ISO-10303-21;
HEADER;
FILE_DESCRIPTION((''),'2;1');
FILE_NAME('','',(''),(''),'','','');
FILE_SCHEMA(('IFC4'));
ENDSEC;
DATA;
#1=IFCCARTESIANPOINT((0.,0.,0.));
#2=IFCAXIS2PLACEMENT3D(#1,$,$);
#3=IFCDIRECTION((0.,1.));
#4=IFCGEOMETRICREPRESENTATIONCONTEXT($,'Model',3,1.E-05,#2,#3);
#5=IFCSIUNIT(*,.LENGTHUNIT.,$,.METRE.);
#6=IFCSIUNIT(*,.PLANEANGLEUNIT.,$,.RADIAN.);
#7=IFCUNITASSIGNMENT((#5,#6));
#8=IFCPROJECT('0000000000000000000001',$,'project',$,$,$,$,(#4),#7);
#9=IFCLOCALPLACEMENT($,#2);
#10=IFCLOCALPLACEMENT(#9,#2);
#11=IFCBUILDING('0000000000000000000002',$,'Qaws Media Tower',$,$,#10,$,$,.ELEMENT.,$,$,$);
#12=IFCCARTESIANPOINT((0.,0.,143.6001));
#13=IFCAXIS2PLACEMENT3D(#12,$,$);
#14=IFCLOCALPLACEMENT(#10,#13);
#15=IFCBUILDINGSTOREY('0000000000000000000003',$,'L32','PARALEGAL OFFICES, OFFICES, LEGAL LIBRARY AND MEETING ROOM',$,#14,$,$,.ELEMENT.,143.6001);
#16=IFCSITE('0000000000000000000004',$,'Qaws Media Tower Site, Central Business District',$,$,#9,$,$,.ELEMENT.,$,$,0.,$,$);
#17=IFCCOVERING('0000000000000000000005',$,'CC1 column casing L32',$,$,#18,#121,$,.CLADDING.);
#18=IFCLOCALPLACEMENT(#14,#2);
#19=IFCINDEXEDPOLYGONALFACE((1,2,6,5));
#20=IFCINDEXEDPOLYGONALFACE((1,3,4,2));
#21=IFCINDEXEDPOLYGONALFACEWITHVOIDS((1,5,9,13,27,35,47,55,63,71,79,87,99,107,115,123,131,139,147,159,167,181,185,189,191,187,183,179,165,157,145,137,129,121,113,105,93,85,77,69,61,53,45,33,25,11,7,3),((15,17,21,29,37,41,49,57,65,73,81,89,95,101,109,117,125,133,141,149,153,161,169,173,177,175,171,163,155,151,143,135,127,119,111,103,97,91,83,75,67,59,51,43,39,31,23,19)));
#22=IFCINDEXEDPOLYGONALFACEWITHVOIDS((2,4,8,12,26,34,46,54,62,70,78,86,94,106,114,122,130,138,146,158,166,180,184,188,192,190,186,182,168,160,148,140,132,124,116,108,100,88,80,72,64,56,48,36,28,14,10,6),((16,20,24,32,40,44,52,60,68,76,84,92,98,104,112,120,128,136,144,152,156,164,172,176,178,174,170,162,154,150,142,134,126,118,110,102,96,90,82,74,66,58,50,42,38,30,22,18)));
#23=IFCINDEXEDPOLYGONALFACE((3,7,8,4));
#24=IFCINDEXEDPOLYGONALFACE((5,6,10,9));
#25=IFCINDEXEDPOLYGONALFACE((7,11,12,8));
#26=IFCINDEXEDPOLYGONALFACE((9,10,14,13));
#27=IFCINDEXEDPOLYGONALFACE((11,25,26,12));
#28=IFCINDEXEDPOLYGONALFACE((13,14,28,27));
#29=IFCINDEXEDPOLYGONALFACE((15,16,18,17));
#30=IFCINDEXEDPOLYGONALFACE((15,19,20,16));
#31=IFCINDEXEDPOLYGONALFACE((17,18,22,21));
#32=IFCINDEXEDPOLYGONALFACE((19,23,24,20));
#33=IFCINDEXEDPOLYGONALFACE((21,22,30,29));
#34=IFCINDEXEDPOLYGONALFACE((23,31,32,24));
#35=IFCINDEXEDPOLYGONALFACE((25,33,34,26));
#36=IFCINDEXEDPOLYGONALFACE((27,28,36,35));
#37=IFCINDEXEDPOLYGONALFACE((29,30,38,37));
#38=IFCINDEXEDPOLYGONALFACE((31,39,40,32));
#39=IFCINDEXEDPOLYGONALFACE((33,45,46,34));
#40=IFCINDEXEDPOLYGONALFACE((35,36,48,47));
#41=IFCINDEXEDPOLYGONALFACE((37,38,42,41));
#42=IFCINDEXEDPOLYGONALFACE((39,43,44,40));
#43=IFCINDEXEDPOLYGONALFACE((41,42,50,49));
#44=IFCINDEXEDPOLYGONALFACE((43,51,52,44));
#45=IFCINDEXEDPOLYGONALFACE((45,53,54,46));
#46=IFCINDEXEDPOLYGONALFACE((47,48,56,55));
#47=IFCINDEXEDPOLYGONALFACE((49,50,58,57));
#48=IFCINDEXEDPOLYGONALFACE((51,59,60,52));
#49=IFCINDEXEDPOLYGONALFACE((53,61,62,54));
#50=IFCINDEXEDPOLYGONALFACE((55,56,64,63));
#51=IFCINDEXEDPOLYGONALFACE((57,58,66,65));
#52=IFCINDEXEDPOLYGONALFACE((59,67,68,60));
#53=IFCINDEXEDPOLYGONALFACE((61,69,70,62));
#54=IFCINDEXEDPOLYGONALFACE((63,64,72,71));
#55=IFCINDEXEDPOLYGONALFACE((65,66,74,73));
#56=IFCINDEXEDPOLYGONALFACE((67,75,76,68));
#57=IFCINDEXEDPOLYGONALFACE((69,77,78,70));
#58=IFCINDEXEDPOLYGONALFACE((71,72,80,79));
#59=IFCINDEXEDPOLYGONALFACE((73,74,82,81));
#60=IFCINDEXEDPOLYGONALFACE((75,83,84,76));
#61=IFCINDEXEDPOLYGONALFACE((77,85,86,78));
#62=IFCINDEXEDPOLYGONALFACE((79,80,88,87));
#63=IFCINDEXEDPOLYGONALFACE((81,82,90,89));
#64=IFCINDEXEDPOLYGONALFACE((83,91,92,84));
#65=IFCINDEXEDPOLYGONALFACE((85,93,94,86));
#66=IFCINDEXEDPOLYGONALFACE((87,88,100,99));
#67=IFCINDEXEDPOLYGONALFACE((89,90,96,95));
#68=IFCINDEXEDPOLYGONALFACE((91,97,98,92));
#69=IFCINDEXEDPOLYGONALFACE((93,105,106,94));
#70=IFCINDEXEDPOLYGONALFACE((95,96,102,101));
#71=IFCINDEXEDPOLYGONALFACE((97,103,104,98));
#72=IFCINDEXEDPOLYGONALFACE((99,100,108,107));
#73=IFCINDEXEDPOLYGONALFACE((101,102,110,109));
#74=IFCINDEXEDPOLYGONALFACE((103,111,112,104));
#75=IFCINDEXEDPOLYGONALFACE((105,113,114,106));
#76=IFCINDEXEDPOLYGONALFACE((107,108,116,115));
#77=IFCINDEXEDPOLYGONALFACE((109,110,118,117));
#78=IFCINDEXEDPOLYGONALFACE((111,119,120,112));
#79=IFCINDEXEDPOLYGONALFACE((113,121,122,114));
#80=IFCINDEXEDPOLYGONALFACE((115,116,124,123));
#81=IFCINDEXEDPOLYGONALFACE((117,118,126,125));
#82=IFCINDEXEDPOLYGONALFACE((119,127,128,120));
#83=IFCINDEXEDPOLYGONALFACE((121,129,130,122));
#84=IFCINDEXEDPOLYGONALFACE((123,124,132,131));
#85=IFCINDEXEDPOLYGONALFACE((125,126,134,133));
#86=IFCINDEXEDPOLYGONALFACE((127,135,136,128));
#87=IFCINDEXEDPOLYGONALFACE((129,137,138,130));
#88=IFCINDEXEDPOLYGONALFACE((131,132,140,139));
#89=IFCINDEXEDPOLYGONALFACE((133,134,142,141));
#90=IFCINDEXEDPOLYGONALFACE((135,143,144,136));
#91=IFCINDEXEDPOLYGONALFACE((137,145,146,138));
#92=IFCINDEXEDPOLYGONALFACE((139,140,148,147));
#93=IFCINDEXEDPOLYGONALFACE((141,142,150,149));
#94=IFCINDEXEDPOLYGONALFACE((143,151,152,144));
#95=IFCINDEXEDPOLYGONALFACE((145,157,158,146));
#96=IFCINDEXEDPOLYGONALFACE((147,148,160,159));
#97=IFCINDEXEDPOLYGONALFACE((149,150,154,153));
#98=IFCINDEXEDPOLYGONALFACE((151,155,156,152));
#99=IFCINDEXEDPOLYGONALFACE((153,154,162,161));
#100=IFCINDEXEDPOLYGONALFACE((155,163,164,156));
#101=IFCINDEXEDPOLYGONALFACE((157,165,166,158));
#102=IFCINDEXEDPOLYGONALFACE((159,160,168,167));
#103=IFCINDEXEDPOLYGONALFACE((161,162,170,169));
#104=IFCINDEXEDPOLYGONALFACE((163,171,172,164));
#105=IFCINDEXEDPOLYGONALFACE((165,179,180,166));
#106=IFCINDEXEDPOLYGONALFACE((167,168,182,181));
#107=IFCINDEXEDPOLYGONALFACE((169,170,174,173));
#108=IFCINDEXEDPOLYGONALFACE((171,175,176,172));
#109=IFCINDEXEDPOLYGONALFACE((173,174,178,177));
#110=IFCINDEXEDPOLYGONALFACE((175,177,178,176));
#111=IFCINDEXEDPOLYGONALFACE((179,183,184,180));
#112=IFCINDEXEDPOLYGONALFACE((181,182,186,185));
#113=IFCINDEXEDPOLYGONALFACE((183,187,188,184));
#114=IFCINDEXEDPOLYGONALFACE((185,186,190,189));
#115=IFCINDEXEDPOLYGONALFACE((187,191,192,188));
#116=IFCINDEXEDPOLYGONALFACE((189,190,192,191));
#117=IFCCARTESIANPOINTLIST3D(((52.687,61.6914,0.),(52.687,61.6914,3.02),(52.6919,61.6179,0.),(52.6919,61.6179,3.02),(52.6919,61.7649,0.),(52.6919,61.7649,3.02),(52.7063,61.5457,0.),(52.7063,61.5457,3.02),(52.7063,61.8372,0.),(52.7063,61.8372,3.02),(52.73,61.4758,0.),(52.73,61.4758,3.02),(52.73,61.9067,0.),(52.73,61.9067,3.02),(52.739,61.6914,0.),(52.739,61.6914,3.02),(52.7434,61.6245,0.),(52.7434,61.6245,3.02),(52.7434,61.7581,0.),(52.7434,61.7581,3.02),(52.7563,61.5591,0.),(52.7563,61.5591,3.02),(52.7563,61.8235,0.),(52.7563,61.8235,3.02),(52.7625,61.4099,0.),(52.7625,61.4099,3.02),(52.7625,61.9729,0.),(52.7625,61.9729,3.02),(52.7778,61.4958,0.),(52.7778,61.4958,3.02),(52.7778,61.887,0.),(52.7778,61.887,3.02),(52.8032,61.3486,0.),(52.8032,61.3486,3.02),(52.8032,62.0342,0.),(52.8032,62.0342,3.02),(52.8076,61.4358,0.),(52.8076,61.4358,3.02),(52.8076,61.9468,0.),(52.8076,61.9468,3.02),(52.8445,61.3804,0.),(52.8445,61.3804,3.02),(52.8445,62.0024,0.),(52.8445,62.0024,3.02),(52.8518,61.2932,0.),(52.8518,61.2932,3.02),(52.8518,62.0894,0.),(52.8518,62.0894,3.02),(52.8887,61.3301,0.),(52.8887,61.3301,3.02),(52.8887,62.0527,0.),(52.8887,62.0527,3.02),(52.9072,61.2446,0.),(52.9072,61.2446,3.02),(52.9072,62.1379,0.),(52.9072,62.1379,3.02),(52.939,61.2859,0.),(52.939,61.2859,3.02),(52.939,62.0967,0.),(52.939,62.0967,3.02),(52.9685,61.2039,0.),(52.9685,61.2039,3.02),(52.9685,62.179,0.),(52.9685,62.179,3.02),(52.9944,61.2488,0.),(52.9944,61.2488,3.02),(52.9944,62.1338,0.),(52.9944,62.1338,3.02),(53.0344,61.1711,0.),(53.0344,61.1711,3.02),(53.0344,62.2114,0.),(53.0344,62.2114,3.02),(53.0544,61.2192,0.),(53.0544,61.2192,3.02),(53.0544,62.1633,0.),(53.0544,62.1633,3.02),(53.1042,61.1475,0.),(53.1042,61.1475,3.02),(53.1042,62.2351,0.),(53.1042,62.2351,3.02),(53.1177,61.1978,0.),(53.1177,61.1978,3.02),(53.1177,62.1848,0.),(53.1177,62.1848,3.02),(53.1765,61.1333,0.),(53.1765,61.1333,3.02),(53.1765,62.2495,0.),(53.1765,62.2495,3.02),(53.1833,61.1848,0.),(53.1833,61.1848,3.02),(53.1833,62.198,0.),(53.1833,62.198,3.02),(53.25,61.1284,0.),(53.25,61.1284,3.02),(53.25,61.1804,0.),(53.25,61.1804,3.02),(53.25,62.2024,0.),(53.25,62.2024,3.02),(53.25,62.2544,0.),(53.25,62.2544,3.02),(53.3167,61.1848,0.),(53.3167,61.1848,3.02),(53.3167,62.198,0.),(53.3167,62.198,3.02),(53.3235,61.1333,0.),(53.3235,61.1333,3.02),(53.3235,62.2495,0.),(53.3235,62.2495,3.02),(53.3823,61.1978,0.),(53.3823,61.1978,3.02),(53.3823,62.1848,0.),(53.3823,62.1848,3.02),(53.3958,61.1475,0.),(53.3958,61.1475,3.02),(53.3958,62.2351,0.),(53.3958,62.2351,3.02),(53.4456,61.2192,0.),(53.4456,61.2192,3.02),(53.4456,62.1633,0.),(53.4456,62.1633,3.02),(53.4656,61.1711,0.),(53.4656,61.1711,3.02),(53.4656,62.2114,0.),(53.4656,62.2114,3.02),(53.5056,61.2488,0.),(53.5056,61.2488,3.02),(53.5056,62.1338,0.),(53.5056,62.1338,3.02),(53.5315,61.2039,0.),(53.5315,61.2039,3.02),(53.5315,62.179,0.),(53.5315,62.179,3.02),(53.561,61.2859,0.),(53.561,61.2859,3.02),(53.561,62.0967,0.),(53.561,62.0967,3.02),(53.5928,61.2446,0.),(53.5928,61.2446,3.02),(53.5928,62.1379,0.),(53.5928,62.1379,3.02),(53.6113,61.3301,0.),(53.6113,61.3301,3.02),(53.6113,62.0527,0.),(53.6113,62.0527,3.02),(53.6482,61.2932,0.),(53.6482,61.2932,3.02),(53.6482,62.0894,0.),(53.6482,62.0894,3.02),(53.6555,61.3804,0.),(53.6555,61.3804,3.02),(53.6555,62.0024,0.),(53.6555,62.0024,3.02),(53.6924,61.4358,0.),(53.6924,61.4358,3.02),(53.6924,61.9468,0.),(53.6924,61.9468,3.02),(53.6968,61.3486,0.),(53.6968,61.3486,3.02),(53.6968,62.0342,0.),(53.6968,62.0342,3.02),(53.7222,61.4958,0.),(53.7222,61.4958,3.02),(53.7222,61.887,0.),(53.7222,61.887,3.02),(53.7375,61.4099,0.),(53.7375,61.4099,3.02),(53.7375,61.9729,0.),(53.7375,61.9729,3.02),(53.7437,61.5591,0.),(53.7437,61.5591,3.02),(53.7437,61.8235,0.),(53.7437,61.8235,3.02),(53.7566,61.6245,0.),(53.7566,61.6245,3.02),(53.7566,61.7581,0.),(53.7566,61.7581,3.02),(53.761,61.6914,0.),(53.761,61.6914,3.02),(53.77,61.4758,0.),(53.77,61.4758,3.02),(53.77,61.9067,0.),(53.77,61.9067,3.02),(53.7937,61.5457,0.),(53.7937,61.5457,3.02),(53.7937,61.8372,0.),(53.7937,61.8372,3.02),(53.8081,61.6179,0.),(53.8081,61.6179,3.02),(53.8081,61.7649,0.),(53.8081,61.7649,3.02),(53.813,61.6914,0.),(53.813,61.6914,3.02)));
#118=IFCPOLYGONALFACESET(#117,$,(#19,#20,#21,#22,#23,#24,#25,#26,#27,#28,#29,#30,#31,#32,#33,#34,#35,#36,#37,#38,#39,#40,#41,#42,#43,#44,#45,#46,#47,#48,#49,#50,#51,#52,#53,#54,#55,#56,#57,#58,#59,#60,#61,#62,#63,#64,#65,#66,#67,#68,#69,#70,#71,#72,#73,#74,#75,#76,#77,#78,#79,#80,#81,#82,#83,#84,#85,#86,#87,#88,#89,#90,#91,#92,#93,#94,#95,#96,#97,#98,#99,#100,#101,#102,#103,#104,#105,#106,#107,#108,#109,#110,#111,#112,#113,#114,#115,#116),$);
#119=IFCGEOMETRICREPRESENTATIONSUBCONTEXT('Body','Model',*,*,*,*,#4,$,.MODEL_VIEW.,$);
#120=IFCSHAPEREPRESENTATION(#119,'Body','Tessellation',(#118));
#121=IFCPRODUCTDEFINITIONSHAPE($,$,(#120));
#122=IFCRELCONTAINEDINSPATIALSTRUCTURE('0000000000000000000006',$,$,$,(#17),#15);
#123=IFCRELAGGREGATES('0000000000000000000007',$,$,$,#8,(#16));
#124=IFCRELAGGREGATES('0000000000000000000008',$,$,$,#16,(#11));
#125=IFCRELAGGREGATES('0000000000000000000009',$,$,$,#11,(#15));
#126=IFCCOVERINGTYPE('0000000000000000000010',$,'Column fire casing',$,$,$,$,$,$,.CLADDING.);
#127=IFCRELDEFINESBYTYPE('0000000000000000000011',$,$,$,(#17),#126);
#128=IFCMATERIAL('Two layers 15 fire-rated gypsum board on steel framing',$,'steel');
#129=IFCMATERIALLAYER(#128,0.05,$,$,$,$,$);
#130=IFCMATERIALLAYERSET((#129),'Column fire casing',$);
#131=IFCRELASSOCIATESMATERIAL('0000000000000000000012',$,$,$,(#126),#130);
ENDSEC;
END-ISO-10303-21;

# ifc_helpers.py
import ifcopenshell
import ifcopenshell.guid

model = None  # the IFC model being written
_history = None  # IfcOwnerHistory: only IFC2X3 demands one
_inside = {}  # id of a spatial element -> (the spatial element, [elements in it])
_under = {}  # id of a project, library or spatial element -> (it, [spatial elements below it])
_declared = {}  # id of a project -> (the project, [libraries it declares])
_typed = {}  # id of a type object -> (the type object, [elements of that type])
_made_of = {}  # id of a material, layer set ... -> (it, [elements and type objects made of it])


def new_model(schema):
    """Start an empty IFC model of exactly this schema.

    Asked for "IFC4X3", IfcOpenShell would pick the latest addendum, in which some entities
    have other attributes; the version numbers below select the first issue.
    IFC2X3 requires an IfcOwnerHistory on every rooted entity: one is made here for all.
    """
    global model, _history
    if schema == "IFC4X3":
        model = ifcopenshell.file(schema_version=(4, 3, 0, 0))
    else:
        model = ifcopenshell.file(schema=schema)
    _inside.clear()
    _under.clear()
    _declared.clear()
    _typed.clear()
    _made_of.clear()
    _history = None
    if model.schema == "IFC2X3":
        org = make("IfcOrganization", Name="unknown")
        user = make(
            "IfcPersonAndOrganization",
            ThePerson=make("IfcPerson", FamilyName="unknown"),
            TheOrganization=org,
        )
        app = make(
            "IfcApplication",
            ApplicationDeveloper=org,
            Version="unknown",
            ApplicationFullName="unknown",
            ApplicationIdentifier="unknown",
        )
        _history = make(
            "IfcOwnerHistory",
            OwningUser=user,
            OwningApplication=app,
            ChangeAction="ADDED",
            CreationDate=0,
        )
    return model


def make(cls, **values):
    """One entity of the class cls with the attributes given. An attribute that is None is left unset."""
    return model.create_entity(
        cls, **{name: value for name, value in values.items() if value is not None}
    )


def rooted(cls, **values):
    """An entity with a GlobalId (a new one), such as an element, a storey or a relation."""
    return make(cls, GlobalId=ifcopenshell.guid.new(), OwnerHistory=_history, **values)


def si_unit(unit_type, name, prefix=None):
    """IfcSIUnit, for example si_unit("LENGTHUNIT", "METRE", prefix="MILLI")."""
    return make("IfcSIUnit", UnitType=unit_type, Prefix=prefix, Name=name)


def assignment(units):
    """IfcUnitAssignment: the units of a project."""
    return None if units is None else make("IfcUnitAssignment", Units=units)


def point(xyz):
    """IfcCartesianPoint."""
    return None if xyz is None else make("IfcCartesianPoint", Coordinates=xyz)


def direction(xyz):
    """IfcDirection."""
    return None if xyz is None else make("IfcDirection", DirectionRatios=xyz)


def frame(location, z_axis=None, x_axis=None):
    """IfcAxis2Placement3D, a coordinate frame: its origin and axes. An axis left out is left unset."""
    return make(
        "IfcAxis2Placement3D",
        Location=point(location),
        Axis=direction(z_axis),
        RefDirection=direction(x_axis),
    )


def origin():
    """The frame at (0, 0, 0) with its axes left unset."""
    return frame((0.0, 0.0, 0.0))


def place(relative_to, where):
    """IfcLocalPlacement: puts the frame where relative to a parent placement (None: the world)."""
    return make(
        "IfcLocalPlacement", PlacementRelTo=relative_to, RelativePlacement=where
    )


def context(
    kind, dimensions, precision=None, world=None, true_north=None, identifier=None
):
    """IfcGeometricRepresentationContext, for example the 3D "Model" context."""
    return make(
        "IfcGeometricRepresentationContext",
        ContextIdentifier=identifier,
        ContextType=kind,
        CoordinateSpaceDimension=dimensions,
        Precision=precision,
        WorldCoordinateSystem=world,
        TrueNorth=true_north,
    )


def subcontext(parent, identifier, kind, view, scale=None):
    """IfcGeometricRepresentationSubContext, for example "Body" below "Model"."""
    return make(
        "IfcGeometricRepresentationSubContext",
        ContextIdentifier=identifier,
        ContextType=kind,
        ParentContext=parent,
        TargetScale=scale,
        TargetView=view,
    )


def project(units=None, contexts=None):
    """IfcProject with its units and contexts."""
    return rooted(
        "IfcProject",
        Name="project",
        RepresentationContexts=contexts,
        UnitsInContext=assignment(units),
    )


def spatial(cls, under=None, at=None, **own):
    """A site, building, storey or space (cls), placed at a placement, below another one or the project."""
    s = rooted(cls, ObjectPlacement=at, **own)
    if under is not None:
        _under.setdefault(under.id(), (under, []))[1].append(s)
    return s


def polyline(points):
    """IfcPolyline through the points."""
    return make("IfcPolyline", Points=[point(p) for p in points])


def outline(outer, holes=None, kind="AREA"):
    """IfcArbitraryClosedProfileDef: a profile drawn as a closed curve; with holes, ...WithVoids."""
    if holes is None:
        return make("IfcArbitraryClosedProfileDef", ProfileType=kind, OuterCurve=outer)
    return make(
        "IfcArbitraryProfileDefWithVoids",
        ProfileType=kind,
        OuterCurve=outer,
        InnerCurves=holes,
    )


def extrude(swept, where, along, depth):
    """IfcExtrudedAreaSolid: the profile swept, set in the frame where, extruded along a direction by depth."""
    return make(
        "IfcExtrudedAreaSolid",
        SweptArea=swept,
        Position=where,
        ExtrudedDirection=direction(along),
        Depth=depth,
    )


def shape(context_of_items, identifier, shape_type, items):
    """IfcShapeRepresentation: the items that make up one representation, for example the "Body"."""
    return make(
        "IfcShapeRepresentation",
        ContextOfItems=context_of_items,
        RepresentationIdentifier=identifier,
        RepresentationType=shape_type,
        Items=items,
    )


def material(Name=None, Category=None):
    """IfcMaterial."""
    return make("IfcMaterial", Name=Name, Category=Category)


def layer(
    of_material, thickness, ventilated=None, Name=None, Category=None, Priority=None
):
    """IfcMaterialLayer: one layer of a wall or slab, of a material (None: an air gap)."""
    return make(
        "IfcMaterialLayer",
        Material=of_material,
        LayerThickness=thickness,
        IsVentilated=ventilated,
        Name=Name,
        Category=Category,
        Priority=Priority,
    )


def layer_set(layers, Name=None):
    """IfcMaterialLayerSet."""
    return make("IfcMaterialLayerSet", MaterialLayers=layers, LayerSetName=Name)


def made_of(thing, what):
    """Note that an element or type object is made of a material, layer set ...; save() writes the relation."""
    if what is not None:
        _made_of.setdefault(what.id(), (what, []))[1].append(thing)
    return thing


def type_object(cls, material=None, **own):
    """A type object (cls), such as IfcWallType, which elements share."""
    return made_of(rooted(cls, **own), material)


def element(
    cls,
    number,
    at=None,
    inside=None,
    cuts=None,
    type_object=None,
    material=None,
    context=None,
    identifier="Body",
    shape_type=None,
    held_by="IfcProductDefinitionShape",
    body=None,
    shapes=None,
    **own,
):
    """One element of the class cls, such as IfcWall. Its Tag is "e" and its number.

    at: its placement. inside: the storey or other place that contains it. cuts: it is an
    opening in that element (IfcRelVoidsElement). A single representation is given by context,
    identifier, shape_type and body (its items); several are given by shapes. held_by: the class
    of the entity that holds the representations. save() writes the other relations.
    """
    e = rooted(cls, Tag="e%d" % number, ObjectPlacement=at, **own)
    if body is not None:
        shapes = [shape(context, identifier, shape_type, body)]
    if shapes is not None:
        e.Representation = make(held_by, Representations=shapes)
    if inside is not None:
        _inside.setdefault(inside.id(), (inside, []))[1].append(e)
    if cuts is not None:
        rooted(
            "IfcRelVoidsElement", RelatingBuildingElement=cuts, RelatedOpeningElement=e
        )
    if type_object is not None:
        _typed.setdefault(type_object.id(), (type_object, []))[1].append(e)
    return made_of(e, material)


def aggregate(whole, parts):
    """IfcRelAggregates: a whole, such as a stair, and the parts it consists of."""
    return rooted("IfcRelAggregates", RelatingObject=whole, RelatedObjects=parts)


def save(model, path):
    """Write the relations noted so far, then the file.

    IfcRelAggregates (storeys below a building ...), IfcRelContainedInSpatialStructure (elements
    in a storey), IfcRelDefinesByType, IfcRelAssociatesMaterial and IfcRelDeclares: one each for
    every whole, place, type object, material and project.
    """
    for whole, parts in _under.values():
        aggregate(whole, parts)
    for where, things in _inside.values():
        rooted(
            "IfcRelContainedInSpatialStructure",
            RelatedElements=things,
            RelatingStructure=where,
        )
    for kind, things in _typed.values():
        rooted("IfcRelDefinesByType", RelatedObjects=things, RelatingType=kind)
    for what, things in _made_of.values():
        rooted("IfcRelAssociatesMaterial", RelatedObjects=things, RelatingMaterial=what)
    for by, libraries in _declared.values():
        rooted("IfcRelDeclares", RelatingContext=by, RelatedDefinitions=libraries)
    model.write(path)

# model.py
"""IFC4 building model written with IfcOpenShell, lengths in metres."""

from ifc_helpers import new_model, si_unit, direction, frame, origin, place, context, subcontext, project, spatial, polyline, outline, extrude, material, layer, layer_set, type_object, element, save


model = new_model("IFC4")

# Units and contexts
model_context = context("Model", 3, precision=1e-05, world=origin(), true_north=direction((0.0, 1.0)))
body_context = subcontext(model_context, "Body", "Model", "MODEL_VIEW")
ifc_project = project(units=[si_unit("LENGTHUNIT", "METRE"), si_unit("PLANEANGLEUNIT", "RADIAN")], contexts=[model_context])

# Site, building, storey
site_placement = place(None, origin())
site = spatial("IfcSite", under=ifc_project, at=site_placement, Name="Qaws Media Tower Site, Central Business District", CompositionType="ELEMENT", RefElevation=0.0)
building_placement = place(site_placement, origin())
building = spatial("IfcBuilding", under=site, at=building_placement, Name="Qaws Media Tower", CompositionType="ELEMENT")
storey_placement = place(building_placement, frame((0.0, 0.0, 143.6001)))
storey = spatial("IfcBuildingStorey", under=building, at=storey_placement, Name="L32", Description="PARALEGAL OFFICES, OFFICES, LEGAL LIBRARY AND MEETING ROOM", CompositionType="ELEMENT", Elevation=143.6001)

# Covering
ifc_material_1 = material(Name="Two layers 15 fire-rated gypsum board on steel framing", Category="steel")
ifc_layer_1 = layer(ifc_material_1, 0.05)
ifc_layer_set_1 = layer_set([ifc_layer_1], Name="Column fire casing")
covering_type_1 = type_object("IfcCoveringType", Name="Column fire casing", PredefinedType="CLADDING", material=ifc_layer_set_1)
covering_1_placement = place(storey_placement, origin())
element("IfcCovering", 1, at=covering_1_placement, inside=storey, type_object=covering_type_1, Name="CC1 column casing L32", PredefinedType="CLADDING", context=body_context, shape_type="SweptSolid", body=[
    extrude(outline(polyline([(53.813, 61.6914), (53.8081, 61.6179), (53.7937, 61.5457), (53.77, 61.4758), (53.7375, 61.4099), (53.6968, 61.3486), (53.6482, 61.2932), (53.5928, 61.2446), (53.5315, 61.2039), (53.4656, 61.1711), (53.3958, 61.1475), (53.3235, 61.1333), (53.25, 61.1284), (53.1765, 61.1333), (53.1042, 61.1475), (53.0344, 61.1711), (52.9685, 61.2039), (52.9072, 61.2446), (52.8518, 61.2932), (52.8032, 61.3486), (52.7625, 61.4099), (52.73, 61.4758), (52.7063, 61.5457), (52.6919, 61.6179), (52.687, 61.6914), (52.6919, 61.7649), (52.7063, 61.8372), (52.73, 61.9067), (52.7625, 61.9729), (52.8032, 62.0342), (52.8518, 62.0894), (52.9072, 62.1379), (52.9685, 62.179), (53.0344, 62.2114), (53.1042, 62.2351), (53.1765, 62.2495), (53.25, 62.2544), (53.3235, 62.2495), (53.3958, 62.2351), (53.4656, 62.2114), (53.5315, 62.179), (53.5928, 62.1379), (53.6482, 62.0894), (53.6968, 62.0342), (53.7375, 61.9729), (53.77, 61.9067), (53.7937, 61.8372), (53.8081, 61.7649), (53.813, 61.6914)]), holes=[polyline([(53.761, 61.6914), (53.7566, 61.6245), (53.7437, 61.5591), (53.7222, 61.4958), (53.6924, 61.4358), (53.6555, 61.3804), (53.6113, 61.3301), (53.561, 61.2859), (53.5056, 61.2488), (53.4456, 61.2192), (53.3823, 61.1978), (53.3167, 61.1848), (53.25, 61.1804), (53.1833, 61.1848), (53.1177, 61.1978), (53.0544, 61.2192), (52.9944, 61.2488), (52.939, 61.2859), (52.8887, 61.3301), (52.8445, 61.3804), (52.8076, 61.4358), (52.7778, 61.4958), (52.7563, 61.5591), (52.7434, 61.6245), (52.739, 61.6914), (52.7434, 61.7581), (52.7563, 61.8235), (52.7778, 61.887), (52.8076, 61.9468), (52.8445, 62.0024), (52.8887, 62.0527), (52.939, 62.0967), (52.9944, 62.1338), (53.0544, 62.1633), (53.1177, 62.1848), (53.1833, 62.198), (53.25, 62.2024), (53.3167, 62.198), (53.3823, 62.1848), (53.4456, 62.1633), (53.5056, 62.1338), (53.561, 62.0967), (53.6113, 62.0527), (53.6555, 62.0024), (53.6924, 61.9468), (53.7222, 61.887), (53.7437, 61.8235), (53.7566, 61.7581), (53.761, 61.6914)])]), origin(), (0.0, 0.0, 1.0), 3.02),
])

save(model, "model.ifc")
